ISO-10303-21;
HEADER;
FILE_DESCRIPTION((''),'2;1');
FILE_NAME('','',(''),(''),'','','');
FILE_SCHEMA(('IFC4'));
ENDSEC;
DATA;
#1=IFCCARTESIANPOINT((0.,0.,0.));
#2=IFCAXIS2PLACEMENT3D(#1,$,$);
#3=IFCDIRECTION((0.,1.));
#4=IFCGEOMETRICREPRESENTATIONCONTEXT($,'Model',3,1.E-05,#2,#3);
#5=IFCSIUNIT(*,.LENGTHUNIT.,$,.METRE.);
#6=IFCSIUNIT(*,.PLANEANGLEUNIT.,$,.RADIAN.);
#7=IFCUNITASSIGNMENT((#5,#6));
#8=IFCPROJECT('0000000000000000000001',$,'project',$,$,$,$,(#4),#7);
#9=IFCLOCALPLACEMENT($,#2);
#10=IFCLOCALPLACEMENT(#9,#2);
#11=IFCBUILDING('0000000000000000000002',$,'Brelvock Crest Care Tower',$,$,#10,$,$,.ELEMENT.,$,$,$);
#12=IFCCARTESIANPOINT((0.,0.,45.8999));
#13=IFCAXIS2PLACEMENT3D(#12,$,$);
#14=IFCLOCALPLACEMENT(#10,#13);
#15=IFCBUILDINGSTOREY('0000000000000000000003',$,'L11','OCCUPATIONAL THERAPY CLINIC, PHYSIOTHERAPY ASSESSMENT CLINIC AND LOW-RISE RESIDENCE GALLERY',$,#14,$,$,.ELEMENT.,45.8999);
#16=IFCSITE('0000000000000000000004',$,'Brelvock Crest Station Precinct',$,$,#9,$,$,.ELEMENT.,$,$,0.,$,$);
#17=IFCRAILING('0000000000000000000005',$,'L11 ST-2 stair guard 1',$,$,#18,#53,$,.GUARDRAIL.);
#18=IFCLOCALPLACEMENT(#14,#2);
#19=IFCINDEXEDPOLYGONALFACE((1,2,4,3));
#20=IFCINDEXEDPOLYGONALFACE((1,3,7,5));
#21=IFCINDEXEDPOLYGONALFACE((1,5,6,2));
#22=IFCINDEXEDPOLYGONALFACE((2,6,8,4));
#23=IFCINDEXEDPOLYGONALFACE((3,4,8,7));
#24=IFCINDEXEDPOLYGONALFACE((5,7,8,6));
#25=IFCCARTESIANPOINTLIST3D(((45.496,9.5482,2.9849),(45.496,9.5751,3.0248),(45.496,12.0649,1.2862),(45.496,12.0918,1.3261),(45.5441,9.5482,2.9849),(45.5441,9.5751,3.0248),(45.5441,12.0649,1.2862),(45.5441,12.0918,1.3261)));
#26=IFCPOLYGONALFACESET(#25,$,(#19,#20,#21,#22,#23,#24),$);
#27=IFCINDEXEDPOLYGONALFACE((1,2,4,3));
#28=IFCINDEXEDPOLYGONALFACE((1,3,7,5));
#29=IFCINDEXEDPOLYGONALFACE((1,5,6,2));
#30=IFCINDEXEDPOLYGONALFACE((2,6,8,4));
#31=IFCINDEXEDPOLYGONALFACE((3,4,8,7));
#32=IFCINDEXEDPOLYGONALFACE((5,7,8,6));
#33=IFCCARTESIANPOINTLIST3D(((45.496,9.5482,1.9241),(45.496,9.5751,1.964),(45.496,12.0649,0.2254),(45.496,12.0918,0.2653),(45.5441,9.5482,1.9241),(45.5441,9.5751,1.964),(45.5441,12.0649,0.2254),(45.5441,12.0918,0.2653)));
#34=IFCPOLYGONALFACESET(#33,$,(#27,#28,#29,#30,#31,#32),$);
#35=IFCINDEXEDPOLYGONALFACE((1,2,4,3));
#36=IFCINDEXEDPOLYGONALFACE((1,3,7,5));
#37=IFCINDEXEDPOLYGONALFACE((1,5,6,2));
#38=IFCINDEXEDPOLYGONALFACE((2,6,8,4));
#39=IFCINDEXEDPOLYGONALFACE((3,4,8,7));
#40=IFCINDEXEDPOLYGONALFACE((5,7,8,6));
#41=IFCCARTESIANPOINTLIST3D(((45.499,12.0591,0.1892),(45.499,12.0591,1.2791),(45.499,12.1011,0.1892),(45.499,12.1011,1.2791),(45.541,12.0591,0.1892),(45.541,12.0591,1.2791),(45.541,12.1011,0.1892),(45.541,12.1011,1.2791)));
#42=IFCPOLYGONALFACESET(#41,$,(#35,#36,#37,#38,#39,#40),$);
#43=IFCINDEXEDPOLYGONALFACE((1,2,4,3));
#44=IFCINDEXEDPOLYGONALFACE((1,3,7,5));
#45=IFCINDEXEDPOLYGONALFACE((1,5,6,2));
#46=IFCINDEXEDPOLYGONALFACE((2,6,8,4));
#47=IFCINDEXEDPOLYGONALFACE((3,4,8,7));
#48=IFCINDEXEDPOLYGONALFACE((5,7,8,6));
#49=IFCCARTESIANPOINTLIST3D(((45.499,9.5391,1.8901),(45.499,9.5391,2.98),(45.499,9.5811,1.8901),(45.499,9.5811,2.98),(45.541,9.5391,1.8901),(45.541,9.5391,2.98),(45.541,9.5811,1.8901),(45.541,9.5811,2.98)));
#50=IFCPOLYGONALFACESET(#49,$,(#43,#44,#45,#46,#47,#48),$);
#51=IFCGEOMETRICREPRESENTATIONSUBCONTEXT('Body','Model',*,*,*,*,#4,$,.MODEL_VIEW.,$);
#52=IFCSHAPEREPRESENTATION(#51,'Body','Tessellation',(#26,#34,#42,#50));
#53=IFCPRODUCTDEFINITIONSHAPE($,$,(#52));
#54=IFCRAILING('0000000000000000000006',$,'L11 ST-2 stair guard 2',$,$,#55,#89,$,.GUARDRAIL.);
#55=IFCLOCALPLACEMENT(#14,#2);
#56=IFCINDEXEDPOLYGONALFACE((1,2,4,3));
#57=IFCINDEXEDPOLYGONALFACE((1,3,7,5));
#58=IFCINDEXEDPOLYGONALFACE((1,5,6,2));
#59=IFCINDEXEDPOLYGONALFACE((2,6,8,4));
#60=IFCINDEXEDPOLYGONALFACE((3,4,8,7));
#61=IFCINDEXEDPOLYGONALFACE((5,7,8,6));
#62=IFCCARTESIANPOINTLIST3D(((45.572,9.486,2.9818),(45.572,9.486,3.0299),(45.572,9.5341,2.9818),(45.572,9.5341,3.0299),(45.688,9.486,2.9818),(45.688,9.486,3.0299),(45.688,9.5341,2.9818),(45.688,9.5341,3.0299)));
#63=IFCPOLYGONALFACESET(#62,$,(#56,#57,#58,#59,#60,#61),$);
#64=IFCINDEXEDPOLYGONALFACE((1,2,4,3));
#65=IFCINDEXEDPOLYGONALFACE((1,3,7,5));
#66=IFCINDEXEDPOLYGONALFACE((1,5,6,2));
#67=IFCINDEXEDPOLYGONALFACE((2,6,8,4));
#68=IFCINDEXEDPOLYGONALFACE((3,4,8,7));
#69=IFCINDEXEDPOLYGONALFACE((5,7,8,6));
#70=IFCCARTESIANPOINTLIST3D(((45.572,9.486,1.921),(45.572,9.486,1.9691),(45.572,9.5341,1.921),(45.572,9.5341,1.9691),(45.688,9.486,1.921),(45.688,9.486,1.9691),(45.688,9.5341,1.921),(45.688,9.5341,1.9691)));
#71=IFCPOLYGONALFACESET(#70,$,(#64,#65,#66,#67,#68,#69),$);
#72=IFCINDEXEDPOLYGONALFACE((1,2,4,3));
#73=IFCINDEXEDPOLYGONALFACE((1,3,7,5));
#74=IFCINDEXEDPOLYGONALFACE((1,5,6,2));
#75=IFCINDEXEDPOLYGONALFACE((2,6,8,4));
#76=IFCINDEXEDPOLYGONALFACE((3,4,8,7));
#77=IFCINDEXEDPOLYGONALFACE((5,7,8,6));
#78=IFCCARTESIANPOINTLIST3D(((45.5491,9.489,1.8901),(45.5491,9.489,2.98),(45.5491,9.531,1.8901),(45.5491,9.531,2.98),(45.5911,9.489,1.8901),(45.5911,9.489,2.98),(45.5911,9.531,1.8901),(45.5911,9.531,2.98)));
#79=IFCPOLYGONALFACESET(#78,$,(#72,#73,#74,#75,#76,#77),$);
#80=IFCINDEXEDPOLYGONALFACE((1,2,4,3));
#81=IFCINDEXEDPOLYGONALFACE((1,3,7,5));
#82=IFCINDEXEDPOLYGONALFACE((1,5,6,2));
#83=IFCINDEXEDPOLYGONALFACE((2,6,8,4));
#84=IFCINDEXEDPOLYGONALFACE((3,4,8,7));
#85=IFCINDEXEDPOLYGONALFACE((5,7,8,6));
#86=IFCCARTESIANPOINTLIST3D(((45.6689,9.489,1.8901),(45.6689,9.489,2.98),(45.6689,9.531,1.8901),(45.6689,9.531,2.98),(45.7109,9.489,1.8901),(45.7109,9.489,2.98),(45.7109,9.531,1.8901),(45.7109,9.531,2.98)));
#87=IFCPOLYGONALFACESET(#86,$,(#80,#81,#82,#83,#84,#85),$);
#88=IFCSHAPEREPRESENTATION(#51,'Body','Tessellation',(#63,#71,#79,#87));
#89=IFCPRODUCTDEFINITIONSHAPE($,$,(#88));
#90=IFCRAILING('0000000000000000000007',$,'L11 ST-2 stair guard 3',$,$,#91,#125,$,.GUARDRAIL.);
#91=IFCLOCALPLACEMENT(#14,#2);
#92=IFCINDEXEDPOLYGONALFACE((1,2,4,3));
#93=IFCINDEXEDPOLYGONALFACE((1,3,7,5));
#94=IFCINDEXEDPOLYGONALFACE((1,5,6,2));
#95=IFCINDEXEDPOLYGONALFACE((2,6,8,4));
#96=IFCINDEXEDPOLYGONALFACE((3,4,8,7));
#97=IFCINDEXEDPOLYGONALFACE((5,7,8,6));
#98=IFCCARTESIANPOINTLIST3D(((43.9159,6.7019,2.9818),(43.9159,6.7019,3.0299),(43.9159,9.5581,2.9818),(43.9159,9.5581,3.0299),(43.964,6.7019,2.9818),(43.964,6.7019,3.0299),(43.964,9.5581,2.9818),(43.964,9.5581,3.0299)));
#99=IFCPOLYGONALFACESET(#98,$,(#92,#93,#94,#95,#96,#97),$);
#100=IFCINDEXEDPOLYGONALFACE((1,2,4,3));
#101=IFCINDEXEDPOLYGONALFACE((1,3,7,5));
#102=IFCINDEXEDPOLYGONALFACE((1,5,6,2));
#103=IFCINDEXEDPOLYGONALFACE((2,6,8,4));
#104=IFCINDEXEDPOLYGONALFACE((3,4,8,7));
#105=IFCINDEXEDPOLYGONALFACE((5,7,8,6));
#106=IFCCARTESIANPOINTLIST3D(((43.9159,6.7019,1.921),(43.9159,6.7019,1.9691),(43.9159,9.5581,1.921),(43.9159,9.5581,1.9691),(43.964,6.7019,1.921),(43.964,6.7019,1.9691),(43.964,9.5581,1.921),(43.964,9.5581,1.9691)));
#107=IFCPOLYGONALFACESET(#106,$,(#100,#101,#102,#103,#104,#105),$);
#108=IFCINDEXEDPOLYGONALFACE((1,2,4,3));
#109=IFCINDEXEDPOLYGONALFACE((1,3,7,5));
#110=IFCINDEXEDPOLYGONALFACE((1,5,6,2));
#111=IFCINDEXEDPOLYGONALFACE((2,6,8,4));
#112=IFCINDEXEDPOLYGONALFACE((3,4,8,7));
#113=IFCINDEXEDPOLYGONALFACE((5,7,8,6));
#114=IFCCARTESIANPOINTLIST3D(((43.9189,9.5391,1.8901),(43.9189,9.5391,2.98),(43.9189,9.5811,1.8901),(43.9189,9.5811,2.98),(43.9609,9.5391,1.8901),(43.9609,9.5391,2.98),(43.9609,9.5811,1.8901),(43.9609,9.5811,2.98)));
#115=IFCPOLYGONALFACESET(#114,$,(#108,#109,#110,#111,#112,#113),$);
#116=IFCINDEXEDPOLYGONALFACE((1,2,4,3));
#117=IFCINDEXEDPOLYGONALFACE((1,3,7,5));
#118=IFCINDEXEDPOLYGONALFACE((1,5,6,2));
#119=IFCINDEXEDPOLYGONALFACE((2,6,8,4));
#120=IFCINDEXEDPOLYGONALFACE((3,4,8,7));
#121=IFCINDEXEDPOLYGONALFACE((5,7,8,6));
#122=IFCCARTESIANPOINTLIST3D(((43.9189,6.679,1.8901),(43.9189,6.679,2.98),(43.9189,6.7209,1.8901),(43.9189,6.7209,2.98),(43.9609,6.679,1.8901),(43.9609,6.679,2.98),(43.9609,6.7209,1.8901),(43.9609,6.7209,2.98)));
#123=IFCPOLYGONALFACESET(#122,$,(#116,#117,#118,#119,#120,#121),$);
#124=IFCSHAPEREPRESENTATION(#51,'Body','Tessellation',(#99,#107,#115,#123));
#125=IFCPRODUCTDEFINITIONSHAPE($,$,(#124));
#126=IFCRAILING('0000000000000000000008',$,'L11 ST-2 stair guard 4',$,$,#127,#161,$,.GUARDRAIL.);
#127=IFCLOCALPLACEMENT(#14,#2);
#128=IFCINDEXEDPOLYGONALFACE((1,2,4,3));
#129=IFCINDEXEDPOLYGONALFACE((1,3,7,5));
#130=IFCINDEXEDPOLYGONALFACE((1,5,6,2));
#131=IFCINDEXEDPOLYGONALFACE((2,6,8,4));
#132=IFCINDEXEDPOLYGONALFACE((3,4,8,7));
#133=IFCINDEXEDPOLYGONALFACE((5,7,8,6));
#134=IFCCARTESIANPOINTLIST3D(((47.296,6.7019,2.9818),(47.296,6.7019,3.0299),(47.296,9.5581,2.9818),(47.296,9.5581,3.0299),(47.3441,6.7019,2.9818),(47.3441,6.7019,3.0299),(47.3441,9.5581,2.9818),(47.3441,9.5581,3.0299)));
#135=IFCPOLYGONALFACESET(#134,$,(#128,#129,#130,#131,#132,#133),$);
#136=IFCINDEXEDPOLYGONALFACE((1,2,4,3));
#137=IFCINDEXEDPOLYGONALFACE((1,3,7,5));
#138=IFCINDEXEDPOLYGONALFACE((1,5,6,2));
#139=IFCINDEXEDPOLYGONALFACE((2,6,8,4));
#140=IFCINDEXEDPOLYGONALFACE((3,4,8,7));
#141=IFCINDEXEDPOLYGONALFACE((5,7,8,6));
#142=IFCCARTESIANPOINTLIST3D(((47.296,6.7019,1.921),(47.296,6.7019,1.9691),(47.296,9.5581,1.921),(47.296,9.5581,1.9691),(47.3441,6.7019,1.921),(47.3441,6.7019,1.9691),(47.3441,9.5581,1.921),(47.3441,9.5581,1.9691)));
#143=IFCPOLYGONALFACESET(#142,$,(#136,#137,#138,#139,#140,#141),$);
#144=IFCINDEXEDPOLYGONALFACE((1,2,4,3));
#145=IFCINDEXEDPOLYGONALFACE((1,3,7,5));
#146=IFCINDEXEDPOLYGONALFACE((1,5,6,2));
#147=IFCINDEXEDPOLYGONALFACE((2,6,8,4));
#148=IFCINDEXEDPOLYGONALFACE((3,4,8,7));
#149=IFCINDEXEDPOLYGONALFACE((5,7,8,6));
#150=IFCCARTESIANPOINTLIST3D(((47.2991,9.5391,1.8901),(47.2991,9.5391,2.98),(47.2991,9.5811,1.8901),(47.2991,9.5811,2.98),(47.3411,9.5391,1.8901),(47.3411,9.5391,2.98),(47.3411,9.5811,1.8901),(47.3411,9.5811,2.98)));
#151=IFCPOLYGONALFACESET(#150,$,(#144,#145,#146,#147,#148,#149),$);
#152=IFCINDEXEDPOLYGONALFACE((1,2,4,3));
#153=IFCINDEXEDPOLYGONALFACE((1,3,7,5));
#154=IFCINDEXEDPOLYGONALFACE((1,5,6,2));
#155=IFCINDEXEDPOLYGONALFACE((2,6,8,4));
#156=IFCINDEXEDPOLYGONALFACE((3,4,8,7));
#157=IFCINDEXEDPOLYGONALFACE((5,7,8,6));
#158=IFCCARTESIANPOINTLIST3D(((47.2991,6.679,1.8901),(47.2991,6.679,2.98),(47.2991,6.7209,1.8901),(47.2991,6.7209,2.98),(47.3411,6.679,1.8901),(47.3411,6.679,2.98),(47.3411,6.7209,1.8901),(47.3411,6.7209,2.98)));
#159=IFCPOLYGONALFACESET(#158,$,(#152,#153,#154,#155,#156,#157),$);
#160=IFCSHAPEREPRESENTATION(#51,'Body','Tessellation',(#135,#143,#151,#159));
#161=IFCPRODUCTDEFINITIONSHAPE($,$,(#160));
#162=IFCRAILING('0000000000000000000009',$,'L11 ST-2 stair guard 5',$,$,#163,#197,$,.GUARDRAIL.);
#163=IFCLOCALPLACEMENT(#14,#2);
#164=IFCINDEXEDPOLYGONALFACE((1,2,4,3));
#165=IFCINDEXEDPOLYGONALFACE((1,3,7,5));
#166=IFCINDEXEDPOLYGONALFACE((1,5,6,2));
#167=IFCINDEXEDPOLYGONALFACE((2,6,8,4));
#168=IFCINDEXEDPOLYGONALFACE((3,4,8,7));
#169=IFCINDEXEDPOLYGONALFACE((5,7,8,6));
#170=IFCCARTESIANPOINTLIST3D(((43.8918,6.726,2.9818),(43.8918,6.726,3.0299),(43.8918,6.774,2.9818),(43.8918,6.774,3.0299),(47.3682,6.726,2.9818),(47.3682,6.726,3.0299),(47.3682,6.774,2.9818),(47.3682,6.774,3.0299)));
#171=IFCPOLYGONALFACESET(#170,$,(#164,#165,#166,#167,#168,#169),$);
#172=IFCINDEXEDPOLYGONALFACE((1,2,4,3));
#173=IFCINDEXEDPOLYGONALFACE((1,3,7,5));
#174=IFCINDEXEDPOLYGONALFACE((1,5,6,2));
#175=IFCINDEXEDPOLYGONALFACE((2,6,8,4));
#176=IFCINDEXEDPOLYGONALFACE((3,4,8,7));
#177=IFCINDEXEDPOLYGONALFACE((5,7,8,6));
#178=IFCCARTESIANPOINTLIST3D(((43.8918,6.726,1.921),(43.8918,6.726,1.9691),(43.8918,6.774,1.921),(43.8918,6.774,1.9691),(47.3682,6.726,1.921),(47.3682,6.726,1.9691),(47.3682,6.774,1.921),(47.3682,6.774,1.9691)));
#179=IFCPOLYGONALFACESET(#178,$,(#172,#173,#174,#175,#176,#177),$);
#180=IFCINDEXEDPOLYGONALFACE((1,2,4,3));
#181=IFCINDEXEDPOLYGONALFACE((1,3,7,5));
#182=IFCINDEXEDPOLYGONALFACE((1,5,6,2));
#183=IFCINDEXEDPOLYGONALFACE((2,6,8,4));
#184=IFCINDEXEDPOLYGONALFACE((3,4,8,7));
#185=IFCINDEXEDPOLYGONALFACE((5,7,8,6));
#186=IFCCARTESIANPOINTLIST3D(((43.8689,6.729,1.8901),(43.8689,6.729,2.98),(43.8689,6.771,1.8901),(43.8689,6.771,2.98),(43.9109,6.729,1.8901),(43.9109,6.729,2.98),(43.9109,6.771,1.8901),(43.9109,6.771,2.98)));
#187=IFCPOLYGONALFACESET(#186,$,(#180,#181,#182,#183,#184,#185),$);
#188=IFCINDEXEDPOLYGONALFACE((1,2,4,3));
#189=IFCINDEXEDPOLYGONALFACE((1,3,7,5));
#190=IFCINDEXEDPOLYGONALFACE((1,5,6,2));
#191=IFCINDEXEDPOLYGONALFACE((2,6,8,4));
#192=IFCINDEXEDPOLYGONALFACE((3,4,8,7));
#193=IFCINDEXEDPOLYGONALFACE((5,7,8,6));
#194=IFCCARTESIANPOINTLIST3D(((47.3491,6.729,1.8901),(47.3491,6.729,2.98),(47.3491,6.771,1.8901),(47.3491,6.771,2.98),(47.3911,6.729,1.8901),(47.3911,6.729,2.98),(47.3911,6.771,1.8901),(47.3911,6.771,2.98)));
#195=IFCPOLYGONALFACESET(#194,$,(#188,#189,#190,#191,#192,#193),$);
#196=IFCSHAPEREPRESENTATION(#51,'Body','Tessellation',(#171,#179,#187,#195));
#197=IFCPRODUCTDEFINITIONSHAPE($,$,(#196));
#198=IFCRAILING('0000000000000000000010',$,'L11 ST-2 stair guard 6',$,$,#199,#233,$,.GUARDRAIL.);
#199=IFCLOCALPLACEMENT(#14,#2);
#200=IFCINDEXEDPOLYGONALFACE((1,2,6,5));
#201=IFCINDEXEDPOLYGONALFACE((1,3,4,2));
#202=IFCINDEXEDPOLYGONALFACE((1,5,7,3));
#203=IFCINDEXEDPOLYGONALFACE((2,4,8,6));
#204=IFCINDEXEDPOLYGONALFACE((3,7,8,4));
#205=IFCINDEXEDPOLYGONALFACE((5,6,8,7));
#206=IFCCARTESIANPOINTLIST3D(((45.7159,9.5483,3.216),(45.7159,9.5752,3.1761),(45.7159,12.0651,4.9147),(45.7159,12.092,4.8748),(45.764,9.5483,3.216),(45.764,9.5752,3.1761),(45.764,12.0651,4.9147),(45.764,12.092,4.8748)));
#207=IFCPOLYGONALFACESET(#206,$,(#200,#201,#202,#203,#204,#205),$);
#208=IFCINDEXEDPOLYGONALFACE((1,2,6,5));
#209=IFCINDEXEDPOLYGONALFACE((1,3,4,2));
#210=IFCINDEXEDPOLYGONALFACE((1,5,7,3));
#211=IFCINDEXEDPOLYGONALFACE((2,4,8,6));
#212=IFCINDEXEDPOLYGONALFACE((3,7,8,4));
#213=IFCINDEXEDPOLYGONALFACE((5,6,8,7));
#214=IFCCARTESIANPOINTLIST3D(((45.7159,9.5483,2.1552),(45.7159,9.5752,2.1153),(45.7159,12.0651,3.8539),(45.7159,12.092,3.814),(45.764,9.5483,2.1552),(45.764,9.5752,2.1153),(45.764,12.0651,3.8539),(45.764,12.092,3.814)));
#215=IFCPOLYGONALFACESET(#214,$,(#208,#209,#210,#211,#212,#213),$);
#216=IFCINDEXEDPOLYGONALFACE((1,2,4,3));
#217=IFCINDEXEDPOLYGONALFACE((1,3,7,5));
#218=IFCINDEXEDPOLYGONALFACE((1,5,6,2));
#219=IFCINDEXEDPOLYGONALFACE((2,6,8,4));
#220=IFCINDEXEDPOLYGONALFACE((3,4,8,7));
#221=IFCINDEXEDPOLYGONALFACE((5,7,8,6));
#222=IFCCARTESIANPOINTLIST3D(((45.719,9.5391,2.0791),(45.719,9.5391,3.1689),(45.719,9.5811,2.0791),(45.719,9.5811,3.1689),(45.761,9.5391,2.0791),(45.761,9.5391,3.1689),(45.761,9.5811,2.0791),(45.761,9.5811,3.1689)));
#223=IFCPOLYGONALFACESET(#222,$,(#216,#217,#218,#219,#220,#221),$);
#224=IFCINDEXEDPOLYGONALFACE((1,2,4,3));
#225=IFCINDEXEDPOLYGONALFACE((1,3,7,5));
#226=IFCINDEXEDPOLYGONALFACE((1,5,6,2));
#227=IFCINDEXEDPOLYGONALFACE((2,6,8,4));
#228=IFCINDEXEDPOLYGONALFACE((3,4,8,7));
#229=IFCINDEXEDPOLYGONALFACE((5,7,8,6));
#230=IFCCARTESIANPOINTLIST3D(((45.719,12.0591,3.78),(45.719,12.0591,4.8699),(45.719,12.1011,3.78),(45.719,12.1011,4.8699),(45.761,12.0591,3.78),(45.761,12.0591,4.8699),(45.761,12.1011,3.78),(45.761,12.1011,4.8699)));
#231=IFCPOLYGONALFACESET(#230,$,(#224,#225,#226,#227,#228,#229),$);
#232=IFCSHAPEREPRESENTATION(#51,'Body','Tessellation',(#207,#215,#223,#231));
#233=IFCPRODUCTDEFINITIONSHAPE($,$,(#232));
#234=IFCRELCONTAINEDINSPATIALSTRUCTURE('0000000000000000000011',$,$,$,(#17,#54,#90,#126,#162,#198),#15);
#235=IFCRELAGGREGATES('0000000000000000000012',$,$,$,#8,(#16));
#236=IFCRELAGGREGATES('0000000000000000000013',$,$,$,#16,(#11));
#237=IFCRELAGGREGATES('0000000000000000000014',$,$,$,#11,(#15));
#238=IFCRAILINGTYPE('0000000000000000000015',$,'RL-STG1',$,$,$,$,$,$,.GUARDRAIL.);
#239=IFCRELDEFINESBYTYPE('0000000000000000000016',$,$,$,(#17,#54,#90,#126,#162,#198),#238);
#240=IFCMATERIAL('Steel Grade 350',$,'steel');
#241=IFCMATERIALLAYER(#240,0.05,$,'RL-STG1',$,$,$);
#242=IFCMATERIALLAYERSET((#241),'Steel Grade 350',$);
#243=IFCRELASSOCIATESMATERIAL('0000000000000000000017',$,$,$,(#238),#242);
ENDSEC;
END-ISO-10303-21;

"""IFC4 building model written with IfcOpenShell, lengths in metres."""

from ifc_helpers import new_model, si_unit, direction, frame, origin, origin_2d, place, context, subcontext, project, spatial, rectangle, extrude, material, layer, layer_set, type_object, element, save


model = new_model("IFC4")

# Units and contexts
model_context = context("Model", 3, precision=1e-05, world=origin(), true_north=direction((0.0, 1.0)))
body_context = subcontext(model_context, "Body", "Model", "MODEL_VIEW")
ifc_project = project(units=[si_unit("LENGTHUNIT", "METRE"), si_unit("PLANEANGLEUNIT", "RADIAN")], contexts=[model_context])

# Site, building, storey
site_placement = place(None, origin())
site = spatial("IfcSite", under=ifc_project, at=site_placement, Name="Brelvock Crest Station Precinct", CompositionType="ELEMENT", RefElevation=0.0)
building_placement = place(site_placement, origin())
building = spatial("IfcBuilding", under=site, at=building_placement, Name="Brelvock Crest Care Tower", CompositionType="ELEMENT")
storey_placement = place(building_placement, frame((0.0, 0.0, 45.8999)))
storey = spatial("IfcBuildingStorey", under=building, at=storey_placement, Name="L11", Description="OCCUPATIONAL THERAPY CLINIC, PHYSIOTHERAPY ASSESSMENT CLINIC AND LOW-RISE RESIDENCE GALLERY", CompositionType="ELEMENT", Elevation=45.8999)

# Shared definitions
ifc_material_1 = material(Name="Steel Grade 350", Category="steel")

# Railings
ifc_layer_1 = layer(ifc_material_1, 0.05, Name="RL-STG1")
ifc_layer_set_1 = layer_set([ifc_layer_1], Name="Steel Grade 350")
railing_type_1 = type_object("IfcRailingType", Name="RL-STG1", PredefinedType="GUARDRAIL", material=ifc_layer_set_1)
railing_1_placement = place(storey_placement, frame((45.52, 12.0801, 0.1892)))
element("IfcRailing", 1, at=railing_1_placement, inside=storey, type_object=railing_type_1, Name="L11 ST-2 stair guard 1", PredefinedType="GUARDRAIL", context=body_context, shape_type="SweptSolid", body=[
    extrude(rectangle(XDim=0.0481, YDim=0.0481, at=origin_2d()), frame((0.0, -0.0017, 1.1169), z_axis=(0.0, -0.828862, 0.559454), x_axis=(1.0, 0.0, 0.0)), (0.0, 0.0, 1.0), 3.0364),
    extrude(rectangle(XDim=0.0481, YDim=0.0481, at=origin_2d()), frame((0.0, -0.0017, 0.0562), z_axis=(0.0, -0.828862, 0.559454), x_axis=(1.0, 0.0, 0.0)), (0.0, 0.0, 1.0), 3.0364),
    extrude(rectangle(XDim=0.042, YDim=0.042, at=origin_2d()), origin(), (0.0, 0.0, 1.0), 1.0898),
    extrude(rectangle(XDim=0.042, YDim=0.042, at=origin_2d()), frame((0.0, -2.52, 1.7009)), (0.0, 0.0, 1.0), 1.0898),
])
railing_2_placement = place(storey_placement, frame((45.5701, 9.51, 1.8901)))
element("IfcRailing", 2, at=railing_2_placement, inside=storey, type_object=railing_type_1, Name="L11 ST-2 stair guard 2", PredefinedType="GUARDRAIL", context=body_context, shape_type="SweptSolid", body=[
    extrude(rectangle(XDim=0.0481, YDim=0.0481, at=origin_2d()), frame((0.002, 0.0, 1.1157), z_axis=(1.0, 0.0, 0.0), x_axis=(0.0, 1.0, 0.0)), (0.0, 0.0, 1.0), 0.116),
    extrude(rectangle(XDim=0.0481, YDim=0.0481, at=origin_2d()), frame((0.002, 0.0, 0.0549), z_axis=(1.0, 0.0, 0.0), x_axis=(0.0, 1.0, 0.0)), (0.0, 0.0, 1.0), 0.116),
    extrude(rectangle(XDim=0.042, YDim=0.042, at=origin_2d()), origin(), (0.0, 0.0, 1.0), 1.0898),
    extrude(rectangle(XDim=0.042, YDim=0.042, at=origin_2d()), frame((0.1199, 0.0, 0.0)), (0.0, 0.0, 1.0), 1.0898),
])
for number, where, name in (
    (3, (43.9399, 9.5601, 1.8901), "L11 ST-2 stair guard 3"),
    (4, (47.3201, 9.5601, 1.8901), "L11 ST-2 stair guard 4"),
):
    element("IfcRailing", number, at=place(storey_placement, frame(where)), inside=storey, type_object=railing_type_1, Name=name, PredefinedType="GUARDRAIL", context=body_context, shape_type="SweptSolid", body=[
        extrude(rectangle(XDim=0.0481, YDim=0.0481, at=origin_2d()), frame((0.0, -0.002, 1.1157), z_axis=(0.0, -1.0, 0.0), x_axis=(1.0, 0.0, 0.0)), (0.0, 0.0, 1.0), 2.8562),
        extrude(rectangle(XDim=0.0481, YDim=0.0481, at=origin_2d()), frame((0.0, -0.002, 0.0549), z_axis=(0.0, -1.0, 0.0), x_axis=(1.0, 0.0, 0.0)), (0.0, 0.0, 1.0), 2.8562),
        extrude(rectangle(XDim=0.042, YDim=0.042, at=origin_2d()), origin(), (0.0, 0.0, 1.0), 1.0898),
        extrude(rectangle(XDim=0.042, YDim=0.042, at=origin_2d()), frame((0.0, -2.8601, 0.0)), (0.0, 0.0, 1.0), 1.0898),
    ])
railing_3_placement = place(storey_placement, frame((43.8899, 6.75, 1.8901)))
element("IfcRailing", 5, at=railing_3_placement, inside=storey, type_object=railing_type_1, Name="L11 ST-2 stair guard 5", PredefinedType="GUARDRAIL", context=body_context, shape_type="SweptSolid", body=[
    extrude(rectangle(XDim=0.0481, YDim=0.0481, at=origin_2d()), frame((0.002, 0.0, 1.1157), z_axis=(1.0, 0.0, 0.0), x_axis=(0.0, 1.0, 0.0)), (0.0, 0.0, 1.0), 3.4763),
    extrude(rectangle(XDim=0.0481, YDim=0.0481, at=origin_2d()), frame((0.002, 0.0, 0.0549), z_axis=(1.0, 0.0, 0.0), x_axis=(0.0, 1.0, 0.0)), (0.0, 0.0, 1.0), 3.4763),
    extrude(rectangle(XDim=0.042, YDim=0.042, at=origin_2d()), origin(), (0.0, 0.0, 1.0), 1.0898),
    extrude(rectangle(XDim=0.042, YDim=0.042, at=origin_2d()), frame((3.4802, 0.0, 0.0)), (0.0, 0.0, 1.0), 1.0898),
])
railing_4_placement = place(storey_placement, frame((45.74, 9.5601, 2.0791)))
element("IfcRailing", 6, at=railing_4_placement, inside=storey, type_object=railing_type_1, Name="L11 ST-2 stair guard 6", PredefinedType="GUARDRAIL", context=body_context, shape_type="SweptSolid", body=[
    extrude(rectangle(XDim=0.0481, YDim=0.0481, at=origin_2d()), frame((0.0, 0.0017, 1.1169), z_axis=(0.0, 0.828862, 0.559454), x_axis=(-1.0, 0.0, 0.0)), (0.0, 0.0, 1.0), 3.0364),
    extrude(rectangle(XDim=0.0481, YDim=0.0481, at=origin_2d()), frame((0.0, 0.0017, 0.0562), z_axis=(0.0, 0.828862, 0.559454), x_axis=(-1.0, 0.0, 0.0)), (0.0, 0.0, 1.0), 3.0364),
    extrude(rectangle(XDim=0.042, YDim=0.042, at=origin_2d()), origin(), (0.0, 0.0, 1.0), 1.0898),
    extrude(rectangle(XDim=0.042, YDim=0.042, at=origin_2d()), frame((0.0, 2.52, 1.7009)), (0.0, 0.0, 1.0), 1.0898),
])

save(model, "model.ifc")
